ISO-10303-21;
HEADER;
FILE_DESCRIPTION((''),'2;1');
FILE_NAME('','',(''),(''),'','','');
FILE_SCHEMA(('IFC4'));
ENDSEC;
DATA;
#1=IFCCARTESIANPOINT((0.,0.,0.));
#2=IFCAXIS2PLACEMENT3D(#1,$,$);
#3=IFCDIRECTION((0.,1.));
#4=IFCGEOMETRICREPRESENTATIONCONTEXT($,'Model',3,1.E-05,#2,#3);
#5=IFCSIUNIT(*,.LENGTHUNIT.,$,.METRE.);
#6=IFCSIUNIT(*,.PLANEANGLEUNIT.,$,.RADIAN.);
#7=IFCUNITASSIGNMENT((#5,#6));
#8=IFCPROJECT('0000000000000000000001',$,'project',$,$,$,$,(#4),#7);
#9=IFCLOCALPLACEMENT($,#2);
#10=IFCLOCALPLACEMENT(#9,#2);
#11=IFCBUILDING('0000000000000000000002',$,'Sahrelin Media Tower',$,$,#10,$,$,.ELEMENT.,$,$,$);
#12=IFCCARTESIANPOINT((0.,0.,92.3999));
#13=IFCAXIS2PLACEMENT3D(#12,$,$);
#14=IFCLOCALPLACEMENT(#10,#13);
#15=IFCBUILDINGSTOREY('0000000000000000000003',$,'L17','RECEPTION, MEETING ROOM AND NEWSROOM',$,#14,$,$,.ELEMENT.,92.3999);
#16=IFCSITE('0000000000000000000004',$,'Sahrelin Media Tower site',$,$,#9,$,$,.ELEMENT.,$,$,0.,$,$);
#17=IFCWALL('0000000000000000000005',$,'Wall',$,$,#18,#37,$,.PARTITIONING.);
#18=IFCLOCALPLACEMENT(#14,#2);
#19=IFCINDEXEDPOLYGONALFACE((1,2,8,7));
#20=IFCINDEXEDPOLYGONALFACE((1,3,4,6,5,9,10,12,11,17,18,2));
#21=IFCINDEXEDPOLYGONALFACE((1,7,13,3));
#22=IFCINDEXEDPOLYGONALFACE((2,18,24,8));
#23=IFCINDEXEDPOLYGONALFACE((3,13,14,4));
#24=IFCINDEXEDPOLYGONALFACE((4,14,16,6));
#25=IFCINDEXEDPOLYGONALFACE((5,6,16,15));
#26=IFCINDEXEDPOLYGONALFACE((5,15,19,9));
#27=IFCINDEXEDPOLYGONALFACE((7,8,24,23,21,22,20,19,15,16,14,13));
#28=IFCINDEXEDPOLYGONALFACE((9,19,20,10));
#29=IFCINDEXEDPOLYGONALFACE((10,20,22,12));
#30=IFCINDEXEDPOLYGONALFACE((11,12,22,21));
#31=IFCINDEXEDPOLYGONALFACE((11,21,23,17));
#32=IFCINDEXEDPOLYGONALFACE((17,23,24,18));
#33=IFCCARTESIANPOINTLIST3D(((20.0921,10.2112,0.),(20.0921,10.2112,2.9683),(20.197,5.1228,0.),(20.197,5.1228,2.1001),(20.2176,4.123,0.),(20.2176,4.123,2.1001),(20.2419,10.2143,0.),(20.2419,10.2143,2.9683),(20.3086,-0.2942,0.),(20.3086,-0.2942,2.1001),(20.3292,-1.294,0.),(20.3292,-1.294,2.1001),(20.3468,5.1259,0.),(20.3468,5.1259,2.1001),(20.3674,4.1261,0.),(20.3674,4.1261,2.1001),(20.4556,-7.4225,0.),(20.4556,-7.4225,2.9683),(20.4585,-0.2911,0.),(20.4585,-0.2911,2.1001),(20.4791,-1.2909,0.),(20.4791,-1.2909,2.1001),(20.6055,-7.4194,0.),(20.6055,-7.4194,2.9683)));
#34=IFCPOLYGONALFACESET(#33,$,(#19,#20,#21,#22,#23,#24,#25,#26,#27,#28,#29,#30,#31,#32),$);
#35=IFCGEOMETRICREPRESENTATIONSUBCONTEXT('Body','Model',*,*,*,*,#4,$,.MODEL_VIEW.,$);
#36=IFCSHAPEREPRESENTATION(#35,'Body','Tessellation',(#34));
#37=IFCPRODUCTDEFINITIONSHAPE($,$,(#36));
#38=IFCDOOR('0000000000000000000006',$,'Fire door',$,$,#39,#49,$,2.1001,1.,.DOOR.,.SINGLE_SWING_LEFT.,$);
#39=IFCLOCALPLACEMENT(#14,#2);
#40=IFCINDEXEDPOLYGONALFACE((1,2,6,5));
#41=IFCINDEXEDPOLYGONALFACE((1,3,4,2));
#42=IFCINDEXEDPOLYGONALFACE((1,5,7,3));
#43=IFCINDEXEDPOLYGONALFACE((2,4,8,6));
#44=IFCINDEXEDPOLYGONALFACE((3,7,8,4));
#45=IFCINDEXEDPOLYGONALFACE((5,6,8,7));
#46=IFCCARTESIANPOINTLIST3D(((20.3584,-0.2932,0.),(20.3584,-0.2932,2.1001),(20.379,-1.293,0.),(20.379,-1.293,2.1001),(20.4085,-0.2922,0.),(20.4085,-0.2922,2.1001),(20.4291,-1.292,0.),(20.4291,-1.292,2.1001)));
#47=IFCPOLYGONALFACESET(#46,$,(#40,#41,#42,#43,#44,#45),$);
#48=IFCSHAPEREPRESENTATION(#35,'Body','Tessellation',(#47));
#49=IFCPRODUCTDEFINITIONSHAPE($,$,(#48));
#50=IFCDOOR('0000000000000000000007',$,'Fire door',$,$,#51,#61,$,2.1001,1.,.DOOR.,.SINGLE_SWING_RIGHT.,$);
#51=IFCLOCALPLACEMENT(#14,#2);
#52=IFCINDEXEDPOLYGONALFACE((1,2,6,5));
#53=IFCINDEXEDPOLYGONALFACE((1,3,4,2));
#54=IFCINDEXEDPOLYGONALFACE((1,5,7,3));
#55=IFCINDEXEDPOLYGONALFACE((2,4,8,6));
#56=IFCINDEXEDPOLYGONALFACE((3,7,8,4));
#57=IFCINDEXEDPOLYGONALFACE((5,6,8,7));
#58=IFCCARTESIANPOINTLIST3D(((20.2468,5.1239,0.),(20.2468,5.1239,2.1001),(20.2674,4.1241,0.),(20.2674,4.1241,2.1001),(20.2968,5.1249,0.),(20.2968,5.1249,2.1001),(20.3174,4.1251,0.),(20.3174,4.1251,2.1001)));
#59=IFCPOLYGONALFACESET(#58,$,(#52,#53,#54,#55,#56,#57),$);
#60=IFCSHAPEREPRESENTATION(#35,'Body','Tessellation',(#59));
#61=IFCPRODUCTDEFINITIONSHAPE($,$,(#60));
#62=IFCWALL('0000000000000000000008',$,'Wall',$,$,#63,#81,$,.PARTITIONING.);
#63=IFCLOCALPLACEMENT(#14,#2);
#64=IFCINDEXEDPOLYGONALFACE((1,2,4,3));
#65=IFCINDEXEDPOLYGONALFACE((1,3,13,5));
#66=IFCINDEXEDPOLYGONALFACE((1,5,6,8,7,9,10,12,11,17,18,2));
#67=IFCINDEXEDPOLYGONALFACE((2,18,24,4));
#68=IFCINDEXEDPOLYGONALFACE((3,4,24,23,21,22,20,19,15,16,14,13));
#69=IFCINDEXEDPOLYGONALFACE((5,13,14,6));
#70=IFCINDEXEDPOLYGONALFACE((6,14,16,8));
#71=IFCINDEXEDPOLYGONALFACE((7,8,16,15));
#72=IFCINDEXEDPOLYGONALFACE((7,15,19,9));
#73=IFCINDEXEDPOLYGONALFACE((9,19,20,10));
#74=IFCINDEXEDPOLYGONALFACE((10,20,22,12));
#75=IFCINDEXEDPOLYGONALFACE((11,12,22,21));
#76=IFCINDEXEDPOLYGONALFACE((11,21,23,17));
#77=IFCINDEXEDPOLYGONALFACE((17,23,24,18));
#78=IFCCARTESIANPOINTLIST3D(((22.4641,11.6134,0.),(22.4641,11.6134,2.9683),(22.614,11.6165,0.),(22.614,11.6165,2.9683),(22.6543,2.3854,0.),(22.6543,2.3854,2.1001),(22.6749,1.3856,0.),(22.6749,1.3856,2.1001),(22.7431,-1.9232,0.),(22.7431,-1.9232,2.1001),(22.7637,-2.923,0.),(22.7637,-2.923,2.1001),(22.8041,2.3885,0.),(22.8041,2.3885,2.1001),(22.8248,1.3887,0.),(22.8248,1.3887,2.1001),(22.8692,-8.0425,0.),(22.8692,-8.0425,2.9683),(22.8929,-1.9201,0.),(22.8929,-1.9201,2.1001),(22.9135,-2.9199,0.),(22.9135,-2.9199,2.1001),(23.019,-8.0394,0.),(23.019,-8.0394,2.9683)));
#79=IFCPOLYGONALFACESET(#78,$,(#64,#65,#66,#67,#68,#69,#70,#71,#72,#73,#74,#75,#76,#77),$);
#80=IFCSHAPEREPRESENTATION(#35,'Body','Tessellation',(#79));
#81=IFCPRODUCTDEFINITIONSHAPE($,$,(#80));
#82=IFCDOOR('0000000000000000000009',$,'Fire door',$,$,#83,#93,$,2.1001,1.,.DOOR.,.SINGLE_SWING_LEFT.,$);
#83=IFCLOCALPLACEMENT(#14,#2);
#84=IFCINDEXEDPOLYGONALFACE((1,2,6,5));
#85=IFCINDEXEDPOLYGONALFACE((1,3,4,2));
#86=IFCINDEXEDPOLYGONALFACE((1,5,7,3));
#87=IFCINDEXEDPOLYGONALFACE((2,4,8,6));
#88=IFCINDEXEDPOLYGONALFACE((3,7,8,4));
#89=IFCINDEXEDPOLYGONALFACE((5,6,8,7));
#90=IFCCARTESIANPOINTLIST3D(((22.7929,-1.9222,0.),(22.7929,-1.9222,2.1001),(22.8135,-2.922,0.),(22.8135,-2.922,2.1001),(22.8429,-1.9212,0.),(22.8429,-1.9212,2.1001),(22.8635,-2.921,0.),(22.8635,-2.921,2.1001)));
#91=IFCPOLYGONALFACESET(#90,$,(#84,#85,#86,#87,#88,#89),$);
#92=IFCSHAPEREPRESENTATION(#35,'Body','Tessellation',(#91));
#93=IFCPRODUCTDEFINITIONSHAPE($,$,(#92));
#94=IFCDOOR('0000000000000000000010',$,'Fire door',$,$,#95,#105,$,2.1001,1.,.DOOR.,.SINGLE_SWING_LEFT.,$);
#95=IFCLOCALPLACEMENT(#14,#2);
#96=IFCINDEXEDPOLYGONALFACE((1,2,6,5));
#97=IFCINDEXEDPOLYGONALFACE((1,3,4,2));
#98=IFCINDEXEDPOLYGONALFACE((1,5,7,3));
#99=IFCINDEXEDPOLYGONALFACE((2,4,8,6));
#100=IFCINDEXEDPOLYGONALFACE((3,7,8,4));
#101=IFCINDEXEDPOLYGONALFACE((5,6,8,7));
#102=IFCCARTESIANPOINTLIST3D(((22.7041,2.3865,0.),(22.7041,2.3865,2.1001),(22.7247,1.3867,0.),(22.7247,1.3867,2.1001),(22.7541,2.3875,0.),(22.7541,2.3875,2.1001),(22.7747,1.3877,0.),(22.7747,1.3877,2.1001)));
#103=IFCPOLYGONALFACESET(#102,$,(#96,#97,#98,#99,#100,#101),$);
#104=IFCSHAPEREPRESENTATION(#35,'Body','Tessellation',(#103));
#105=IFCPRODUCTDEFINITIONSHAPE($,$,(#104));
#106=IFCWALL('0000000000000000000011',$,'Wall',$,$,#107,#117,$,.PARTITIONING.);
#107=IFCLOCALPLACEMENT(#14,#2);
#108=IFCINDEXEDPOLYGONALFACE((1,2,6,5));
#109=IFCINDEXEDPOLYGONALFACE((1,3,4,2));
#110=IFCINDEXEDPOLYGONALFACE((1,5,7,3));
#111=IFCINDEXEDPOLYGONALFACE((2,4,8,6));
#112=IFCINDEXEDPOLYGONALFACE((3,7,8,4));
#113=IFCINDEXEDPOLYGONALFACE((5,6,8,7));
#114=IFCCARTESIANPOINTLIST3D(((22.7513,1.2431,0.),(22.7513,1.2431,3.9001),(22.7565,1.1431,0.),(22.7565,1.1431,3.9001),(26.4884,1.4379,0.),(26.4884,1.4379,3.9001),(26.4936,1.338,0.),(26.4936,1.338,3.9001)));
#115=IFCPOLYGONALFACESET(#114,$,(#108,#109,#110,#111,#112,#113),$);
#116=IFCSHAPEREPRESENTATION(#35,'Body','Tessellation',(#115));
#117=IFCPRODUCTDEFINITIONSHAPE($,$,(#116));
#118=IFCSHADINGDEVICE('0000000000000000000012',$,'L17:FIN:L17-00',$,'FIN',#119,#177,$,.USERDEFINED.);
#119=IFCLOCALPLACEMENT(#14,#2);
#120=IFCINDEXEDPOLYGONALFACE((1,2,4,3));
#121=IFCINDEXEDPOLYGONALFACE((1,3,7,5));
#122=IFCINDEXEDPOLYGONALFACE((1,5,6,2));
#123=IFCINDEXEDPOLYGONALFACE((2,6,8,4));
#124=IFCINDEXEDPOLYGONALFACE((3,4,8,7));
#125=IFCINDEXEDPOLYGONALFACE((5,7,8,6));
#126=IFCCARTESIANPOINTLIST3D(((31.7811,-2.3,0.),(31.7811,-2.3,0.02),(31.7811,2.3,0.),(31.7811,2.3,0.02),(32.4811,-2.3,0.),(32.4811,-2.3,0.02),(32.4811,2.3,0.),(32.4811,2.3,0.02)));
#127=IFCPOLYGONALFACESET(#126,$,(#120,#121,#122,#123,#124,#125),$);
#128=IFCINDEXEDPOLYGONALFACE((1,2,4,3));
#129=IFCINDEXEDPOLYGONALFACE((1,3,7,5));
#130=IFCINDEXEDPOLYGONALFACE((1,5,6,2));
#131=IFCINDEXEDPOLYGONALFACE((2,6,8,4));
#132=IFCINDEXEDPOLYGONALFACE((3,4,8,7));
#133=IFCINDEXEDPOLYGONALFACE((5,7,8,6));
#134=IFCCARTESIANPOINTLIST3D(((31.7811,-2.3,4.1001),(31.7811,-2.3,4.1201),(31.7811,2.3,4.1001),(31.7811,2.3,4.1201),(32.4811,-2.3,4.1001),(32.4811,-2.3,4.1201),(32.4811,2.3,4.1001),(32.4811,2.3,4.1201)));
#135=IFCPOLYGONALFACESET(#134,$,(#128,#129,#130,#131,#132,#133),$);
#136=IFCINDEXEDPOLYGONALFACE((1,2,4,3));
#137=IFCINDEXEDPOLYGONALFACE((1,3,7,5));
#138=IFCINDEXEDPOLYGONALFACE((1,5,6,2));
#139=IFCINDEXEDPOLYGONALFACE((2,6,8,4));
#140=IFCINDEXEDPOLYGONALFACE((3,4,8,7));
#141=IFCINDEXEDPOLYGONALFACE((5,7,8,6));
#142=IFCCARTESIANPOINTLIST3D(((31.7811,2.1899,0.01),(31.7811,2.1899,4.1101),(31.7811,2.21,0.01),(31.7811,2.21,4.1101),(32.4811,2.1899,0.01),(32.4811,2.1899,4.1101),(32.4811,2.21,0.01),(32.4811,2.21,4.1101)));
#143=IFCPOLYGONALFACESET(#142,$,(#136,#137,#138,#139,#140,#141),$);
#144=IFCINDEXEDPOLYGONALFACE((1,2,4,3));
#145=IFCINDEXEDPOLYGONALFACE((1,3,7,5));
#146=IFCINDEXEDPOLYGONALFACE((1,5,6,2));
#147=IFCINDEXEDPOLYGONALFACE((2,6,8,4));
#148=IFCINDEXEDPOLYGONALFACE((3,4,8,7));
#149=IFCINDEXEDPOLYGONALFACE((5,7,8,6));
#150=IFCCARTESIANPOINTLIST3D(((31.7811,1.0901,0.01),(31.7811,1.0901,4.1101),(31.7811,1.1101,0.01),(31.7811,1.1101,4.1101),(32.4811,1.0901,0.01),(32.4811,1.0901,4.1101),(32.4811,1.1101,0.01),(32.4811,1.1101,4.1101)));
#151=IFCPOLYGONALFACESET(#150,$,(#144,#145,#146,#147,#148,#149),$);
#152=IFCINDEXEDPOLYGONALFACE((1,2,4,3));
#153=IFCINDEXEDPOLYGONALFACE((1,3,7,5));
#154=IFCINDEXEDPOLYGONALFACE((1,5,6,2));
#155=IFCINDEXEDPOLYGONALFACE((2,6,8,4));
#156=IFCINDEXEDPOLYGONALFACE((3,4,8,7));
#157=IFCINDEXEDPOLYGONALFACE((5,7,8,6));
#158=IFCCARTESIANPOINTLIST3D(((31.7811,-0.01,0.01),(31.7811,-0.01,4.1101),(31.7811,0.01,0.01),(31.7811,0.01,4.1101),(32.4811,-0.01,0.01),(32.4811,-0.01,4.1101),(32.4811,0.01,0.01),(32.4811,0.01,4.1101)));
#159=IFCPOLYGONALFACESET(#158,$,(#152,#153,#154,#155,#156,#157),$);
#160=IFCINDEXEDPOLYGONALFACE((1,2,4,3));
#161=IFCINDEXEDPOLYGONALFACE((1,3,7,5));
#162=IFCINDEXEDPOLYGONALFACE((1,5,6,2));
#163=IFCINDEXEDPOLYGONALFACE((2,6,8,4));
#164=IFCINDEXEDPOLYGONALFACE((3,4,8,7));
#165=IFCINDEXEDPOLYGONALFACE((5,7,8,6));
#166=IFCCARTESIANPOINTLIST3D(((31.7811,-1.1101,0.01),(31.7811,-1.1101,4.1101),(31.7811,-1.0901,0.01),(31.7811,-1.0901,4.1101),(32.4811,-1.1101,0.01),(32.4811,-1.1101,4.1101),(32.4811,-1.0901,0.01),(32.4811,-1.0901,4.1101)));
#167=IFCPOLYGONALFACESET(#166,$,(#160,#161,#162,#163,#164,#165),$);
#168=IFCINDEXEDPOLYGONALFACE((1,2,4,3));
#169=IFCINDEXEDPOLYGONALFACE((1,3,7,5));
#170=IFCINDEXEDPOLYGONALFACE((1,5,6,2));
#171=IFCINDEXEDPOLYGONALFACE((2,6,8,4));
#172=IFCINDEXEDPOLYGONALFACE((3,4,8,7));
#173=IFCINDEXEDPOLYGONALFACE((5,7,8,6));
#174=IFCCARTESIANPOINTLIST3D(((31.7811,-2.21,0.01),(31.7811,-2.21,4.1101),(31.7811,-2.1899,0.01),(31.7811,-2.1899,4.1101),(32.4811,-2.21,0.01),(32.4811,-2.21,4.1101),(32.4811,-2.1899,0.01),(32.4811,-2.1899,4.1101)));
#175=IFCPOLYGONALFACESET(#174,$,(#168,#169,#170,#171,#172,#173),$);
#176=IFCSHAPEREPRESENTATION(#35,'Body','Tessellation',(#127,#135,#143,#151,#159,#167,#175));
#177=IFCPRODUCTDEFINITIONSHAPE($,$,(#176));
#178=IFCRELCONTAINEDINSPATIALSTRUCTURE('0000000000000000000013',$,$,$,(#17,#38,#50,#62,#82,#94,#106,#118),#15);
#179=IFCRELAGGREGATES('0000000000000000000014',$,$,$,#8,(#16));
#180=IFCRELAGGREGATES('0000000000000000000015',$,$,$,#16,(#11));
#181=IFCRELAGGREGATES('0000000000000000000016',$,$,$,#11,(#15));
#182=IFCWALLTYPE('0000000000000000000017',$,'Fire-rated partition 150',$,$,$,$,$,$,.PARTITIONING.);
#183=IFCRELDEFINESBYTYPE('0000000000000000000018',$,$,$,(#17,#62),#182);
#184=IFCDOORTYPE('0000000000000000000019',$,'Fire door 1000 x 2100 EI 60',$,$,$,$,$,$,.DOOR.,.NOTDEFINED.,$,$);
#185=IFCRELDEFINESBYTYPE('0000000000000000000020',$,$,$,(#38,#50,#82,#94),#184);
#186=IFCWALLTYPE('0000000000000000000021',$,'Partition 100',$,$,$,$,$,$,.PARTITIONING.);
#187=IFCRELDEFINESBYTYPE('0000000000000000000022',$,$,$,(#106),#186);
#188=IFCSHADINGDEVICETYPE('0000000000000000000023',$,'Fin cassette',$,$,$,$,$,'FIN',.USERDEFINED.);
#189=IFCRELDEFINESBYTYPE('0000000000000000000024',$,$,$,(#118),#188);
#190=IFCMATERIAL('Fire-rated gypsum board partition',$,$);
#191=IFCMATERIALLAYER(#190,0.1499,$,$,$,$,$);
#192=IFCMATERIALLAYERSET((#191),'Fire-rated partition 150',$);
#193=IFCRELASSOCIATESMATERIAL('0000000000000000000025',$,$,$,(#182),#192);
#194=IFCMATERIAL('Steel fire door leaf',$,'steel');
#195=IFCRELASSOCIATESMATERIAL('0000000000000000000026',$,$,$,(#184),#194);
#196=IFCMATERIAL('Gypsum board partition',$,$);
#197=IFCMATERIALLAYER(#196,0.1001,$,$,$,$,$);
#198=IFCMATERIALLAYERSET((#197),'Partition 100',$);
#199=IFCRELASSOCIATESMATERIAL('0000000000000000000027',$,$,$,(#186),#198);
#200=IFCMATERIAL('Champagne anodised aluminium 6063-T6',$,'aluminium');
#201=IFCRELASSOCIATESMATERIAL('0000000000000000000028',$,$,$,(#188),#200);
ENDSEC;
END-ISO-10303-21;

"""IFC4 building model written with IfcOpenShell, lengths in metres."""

from ifc_helpers import new_model, si_unit, direction, frame, frame_2d, origin, origin_2d, place, context, subcontext, project, spatial, rectangle, extrude, material, layer, layer_set, type_object, element, fill, save


model = new_model("IFC4")

# Units and contexts
model_context = context("Model", 3, precision=1e-05, world=origin(), true_north=direction((0.0, 1.0)))
body_context = subcontext(model_context, "Body", "Model", "MODEL_VIEW")
ifc_project = project(units=[si_unit("LENGTHUNIT", "METRE"), si_unit("PLANEANGLEUNIT", "RADIAN")], contexts=[model_context])

# Site, building, storey
site_placement = place(None, origin())
site = spatial("IfcSite", under=ifc_project, at=site_placement, Name="Sahrelin Media Tower site", CompositionType="ELEMENT", RefElevation=0.0)
building_placement = place(site_placement, origin())
building = spatial("IfcBuilding", under=site, at=building_placement, Name="Sahrelin Media Tower", CompositionType="ELEMENT")
storey_placement = place(building_placement, frame((0.0, 0.0, 92.3999)))
storey = spatial("IfcBuildingStorey", under=building, at=storey_placement, Name="L17", Description="RECEPTION, MEETING ROOM AND NEWSROOM", CompositionType="ELEMENT", Elevation=92.3999)

# Shared definitions
ifc_material_1 = material(Name="Champagne anodised aluminium 6063-T6", Category="aluminium")

# Walls, openings, doors
ifc_material_2 = material(Name="Fire-rated gypsum board partition")
ifc_layer_1 = layer(ifc_material_2, 0.1499)
ifc_layer_set_1 = layer_set([ifc_layer_1], Name="Fire-rated partition 150")
wall_type_1 = type_object("IfcWallType", Name="Fire-rated partition 150", PredefinedType="PARTITIONING", material=ifc_layer_set_1)
wall_1_placement = place(storey_placement, frame((20.167, 10.2129, 0.0), z_axis=(0.0, 0.0, 1.0), x_axis=(0.020611, -0.999788, 0.0)))
wall_1 = element("IfcWall", 1, at=wall_1_placement, inside=storey, type_object=wall_type_1, Name="Wall", PredefinedType="PARTITIONING", context=body_context, shape_type="SweptSolid", body=[
    extrude(rectangle(XDim=17.6375, YDim=0.1499, at=frame_2d((8.8188, 0.0))), origin(), (0.0, 0.0, 1.0), 2.9683),
])
opening_1_placement = place(wall_1_placement, frame((10.5078, 0.0, 0.0)))
opening_1 = element("IfcOpeningElement", 2, at=opening_1_placement, cuts=wall_1, PredefinedType="OPENING", context=body_context, shape_type="SweptSolid", body=[
    extrude(rectangle(XDim=1.0, YDim=2.1001, at=frame_2d((0.5, 1.05))), frame((0.0, 0.075, 0.0), z_axis=(0.0, -1.0, 0.0), x_axis=(1.0, 0.0, 0.0)), (0.0, 0.0, 1.0), 0.1499),
])
opening_2_placement = place(wall_1_placement, frame((5.0896, 0.0, 0.0)))
opening_2 = element("IfcOpeningElement", 3, at=opening_2_placement, cuts=wall_1, PredefinedType="OPENING", context=body_context, shape_type="SweptSolid", body=[
    extrude(rectangle(XDim=1.0, YDim=2.1001, at=frame_2d((0.5, 1.05))), frame((0.0, 0.075, 0.0), z_axis=(0.0, -1.0, 0.0), x_axis=(1.0, 0.0, 0.0)), (0.0, 0.0, 1.0), 0.1499),
])
ifc_material_3 = material(Name="Steel fire door leaf", Category="steel")
door_type = type_object("IfcDoorType", Name="Fire door 1000 x 2100 EI 60", OperationType="NOTDEFINED", PredefinedType="DOOR", material=ifc_material_3)
door_1_placement = place(opening_1_placement, origin())
door_1 = element("IfcDoor", 4, at=door_1_placement, inside=storey, type_object=door_type, Name="Fire door", OperationType="SINGLE_SWING_LEFT", OverallHeight=2.1001, OverallWidth=1.0, PredefinedType="DOOR", context=body_context, shape_type="SweptSolid", body=[
    extrude(rectangle(XDim=1.0, YDim=2.1001, at=frame_2d((0.5, 1.05))), frame((0.0, 0.0249, 0.0), z_axis=(0.0, -1.0, 0.0), x_axis=(1.0, 0.0, 0.0)), (0.0, 0.0, 1.0), 0.05),
])
fill(opening_1, door_1)
door_2_placement = place(opening_2_placement, origin())
door_2 = element("IfcDoor", 5, at=door_2_placement, inside=storey, type_object=door_type, Name="Fire door", OperationType="SINGLE_SWING_RIGHT", OverallHeight=2.1001, OverallWidth=1.0, PredefinedType="DOOR", context=body_context, shape_type="SweptSolid", body=[
    extrude(rectangle(XDim=1.0, YDim=2.1001, at=frame_2d((0.5, 1.05))), frame((0.0, 0.0249, 0.0), z_axis=(0.0, -1.0, 0.0), x_axis=(1.0, 0.0, 0.0)), (0.0, 0.0, 1.0), 0.05),
])
fill(opening_2, door_2)
wall_2_placement = place(storey_placement, frame((22.5391, 11.615, 0.0), z_axis=(0.0, 0.0, 1.0), x_axis=(0.020602, -0.999788, 0.0)))
wall_2 = element("IfcWall", 6, at=wall_2_placement, inside=storey, type_object=wall_type_1, Name="Wall", PredefinedType="PARTITIONING", context=body_context, shape_type="SweptSolid", body=[
    extrude(rectangle(XDim=19.6602, YDim=0.1499, at=frame_2d((9.8301, 0.0))), origin(), (0.0, 0.0, 1.0), 2.9683),
])
opening_3_placement = place(wall_2_placement, frame((13.5396, 0.0, 0.0)))
opening_3 = element("IfcOpeningElement", 7, at=opening_3_placement, cuts=wall_2, PredefinedType="OPENING", context=body_context, shape_type="SweptSolid", body=[
    extrude(rectangle(XDim=1.0, YDim=2.1001, at=frame_2d((0.5, 1.05))), frame((0.0, 0.075, 0.0), z_axis=(0.0, -1.0, 0.0), x_axis=(1.0, 0.0, 0.0)), (0.0, 0.0, 1.0), 0.1499),
])
opening_4_placement = place(wall_2_placement, frame((9.23, 0.0, 0.0)))
opening_4 = element("IfcOpeningElement", 8, at=opening_4_placement, cuts=wall_2, PredefinedType="OPENING", context=body_context, shape_type="SweptSolid", body=[
    extrude(rectangle(XDim=1.0, YDim=2.1001, at=frame_2d((0.5, 1.05))), frame((0.0, 0.075, 0.0), z_axis=(0.0, -1.0, 0.0), x_axis=(1.0, 0.0, 0.0)), (0.0, 0.0, 1.0), 0.1499),
])
door_3_placement = place(opening_3_placement, origin())
door_3 = element("IfcDoor", 9, at=door_3_placement, inside=storey, type_object=door_type, Name="Fire door", OperationType="SINGLE_SWING_LEFT", OverallHeight=2.1001, OverallWidth=1.0, PredefinedType="DOOR", context=body_context, shape_type="SweptSolid", body=[
    extrude(rectangle(XDim=1.0, YDim=2.1001, at=frame_2d((0.5, 1.05))), frame((0.0, 0.0249, 0.0), z_axis=(0.0, -1.0, 0.0), x_axis=(1.0, 0.0, 0.0)), (0.0, 0.0, 1.0), 0.05),
])
fill(opening_3, door_3)
door_4_placement = place(opening_4_placement, origin())
door_4 = element("IfcDoor", 10, at=door_4_placement, inside=storey, type_object=door_type, Name="Fire door", OperationType="SINGLE_SWING_LEFT", OverallHeight=2.1001, OverallWidth=1.0, PredefinedType="DOOR", context=body_context, shape_type="SweptSolid", body=[
    extrude(rectangle(XDim=1.0, YDim=2.1001, at=frame_2d((0.5, 1.05))), frame((0.0, 0.0249, 0.0), z_axis=(0.0, -1.0, 0.0), x_axis=(1.0, 0.0, 0.0)), (0.0, 0.0, 1.0), 0.05),
])
fill(opening_4, door_4)

# Wall
ifc_material_4 = material(Name="Gypsum board partition")
ifc_layer_2 = layer(ifc_material_4, 0.1001)
ifc_layer_set_2 = layer_set([ifc_layer_2], Name="Partition 100")
wall_type_2 = type_object("IfcWallType", Name="Partition 100", PredefinedType="PARTITIONING", material=ifc_layer_set_2)
wall_3_placement = place(storey_placement, frame((22.7539, 1.1931, 0.0), z_axis=(0.0, 0.0, 1.0), x_axis=(0.998644, 0.052062, 0.0)))
element("IfcWall", 11, at=wall_3_placement, inside=storey, type_object=wall_type_2, Name="Wall", PredefinedType="PARTITIONING", context=body_context, shape_type="SweptSolid", body=[
    extrude(rectangle(XDim=3.7422, YDim=0.1001, at=frame_2d((1.8711, 0.0))), origin(), (0.0, 0.0, 1.0), 3.9001),
])

# Shading device
shading_device_type_1 = type_object("IfcShadingDeviceType", Name="Fin cassette", ElementType="FIN", PredefinedType="USERDEFINED", material=ifc_material_1)
placement_1 = place(storey_placement, frame((31.7112, 0.0, 0.0), z_axis=(0.0, 0.0, 1.0), x_axis=(0.0, -1.0, 0.0)))
element("IfcShadingDevice", 12, at=placement_1, inside=storey, type_object=shading_device_type_1, Name="L17:FIN:L17-00", ObjectType="FIN", PredefinedType="USERDEFINED", context=body_context, shape_type="SweptSolid", body=[
    extrude(rectangle(XDim=4.6001, YDim=0.7, at=origin_2d()), frame((0.0, 0.4199, 0.0)), (0.0, 0.0, 1.0), 0.02),
    extrude(rectangle(XDim=4.6001, YDim=0.7, at=origin_2d()), frame((0.0, 0.4199, 4.1001)), (0.0, 0.0, 1.0), 0.02),
    extrude(rectangle(XDim=0.02, YDim=0.7, at=origin_2d()), frame((-2.2, 0.4199, 0.01), z_axis=(0.0, 0.0, 1.0), x_axis=(1.0, 0.0, 0.0)), (0.0, 0.0, 1.0), 4.1001),
    extrude(rectangle(XDim=0.02, YDim=0.7, at=origin_2d()), frame((-1.1001, 0.4199, 0.01), z_axis=(0.0, 0.0, 1.0), x_axis=(1.0, 0.0, 0.0)), (0.0, 0.0, 1.0), 4.1001),
    extrude(rectangle(XDim=0.02, YDim=0.7, at=origin_2d()), frame((0.0, 0.4199, 0.01), z_axis=(0.0, 0.0, 1.0), x_axis=(1.0, 0.0, 0.0)), (0.0, 0.0, 1.0), 4.1001),
    extrude(rectangle(XDim=0.02, YDim=0.7, at=origin_2d()), frame((1.1001, 0.4199, 0.01), z_axis=(0.0, 0.0, 1.0), x_axis=(1.0, 0.0, 0.0)), (0.0, 0.0, 1.0), 4.1001),
    extrude(rectangle(XDim=0.02, YDim=0.7, at=origin_2d()), frame((2.2, 0.4199, 0.01), z_axis=(0.0, 0.0, 1.0), x_axis=(1.0, 0.0, 0.0)), (0.0, 0.0, 1.0), 4.1001),
])

save(model, "model.ifc")
